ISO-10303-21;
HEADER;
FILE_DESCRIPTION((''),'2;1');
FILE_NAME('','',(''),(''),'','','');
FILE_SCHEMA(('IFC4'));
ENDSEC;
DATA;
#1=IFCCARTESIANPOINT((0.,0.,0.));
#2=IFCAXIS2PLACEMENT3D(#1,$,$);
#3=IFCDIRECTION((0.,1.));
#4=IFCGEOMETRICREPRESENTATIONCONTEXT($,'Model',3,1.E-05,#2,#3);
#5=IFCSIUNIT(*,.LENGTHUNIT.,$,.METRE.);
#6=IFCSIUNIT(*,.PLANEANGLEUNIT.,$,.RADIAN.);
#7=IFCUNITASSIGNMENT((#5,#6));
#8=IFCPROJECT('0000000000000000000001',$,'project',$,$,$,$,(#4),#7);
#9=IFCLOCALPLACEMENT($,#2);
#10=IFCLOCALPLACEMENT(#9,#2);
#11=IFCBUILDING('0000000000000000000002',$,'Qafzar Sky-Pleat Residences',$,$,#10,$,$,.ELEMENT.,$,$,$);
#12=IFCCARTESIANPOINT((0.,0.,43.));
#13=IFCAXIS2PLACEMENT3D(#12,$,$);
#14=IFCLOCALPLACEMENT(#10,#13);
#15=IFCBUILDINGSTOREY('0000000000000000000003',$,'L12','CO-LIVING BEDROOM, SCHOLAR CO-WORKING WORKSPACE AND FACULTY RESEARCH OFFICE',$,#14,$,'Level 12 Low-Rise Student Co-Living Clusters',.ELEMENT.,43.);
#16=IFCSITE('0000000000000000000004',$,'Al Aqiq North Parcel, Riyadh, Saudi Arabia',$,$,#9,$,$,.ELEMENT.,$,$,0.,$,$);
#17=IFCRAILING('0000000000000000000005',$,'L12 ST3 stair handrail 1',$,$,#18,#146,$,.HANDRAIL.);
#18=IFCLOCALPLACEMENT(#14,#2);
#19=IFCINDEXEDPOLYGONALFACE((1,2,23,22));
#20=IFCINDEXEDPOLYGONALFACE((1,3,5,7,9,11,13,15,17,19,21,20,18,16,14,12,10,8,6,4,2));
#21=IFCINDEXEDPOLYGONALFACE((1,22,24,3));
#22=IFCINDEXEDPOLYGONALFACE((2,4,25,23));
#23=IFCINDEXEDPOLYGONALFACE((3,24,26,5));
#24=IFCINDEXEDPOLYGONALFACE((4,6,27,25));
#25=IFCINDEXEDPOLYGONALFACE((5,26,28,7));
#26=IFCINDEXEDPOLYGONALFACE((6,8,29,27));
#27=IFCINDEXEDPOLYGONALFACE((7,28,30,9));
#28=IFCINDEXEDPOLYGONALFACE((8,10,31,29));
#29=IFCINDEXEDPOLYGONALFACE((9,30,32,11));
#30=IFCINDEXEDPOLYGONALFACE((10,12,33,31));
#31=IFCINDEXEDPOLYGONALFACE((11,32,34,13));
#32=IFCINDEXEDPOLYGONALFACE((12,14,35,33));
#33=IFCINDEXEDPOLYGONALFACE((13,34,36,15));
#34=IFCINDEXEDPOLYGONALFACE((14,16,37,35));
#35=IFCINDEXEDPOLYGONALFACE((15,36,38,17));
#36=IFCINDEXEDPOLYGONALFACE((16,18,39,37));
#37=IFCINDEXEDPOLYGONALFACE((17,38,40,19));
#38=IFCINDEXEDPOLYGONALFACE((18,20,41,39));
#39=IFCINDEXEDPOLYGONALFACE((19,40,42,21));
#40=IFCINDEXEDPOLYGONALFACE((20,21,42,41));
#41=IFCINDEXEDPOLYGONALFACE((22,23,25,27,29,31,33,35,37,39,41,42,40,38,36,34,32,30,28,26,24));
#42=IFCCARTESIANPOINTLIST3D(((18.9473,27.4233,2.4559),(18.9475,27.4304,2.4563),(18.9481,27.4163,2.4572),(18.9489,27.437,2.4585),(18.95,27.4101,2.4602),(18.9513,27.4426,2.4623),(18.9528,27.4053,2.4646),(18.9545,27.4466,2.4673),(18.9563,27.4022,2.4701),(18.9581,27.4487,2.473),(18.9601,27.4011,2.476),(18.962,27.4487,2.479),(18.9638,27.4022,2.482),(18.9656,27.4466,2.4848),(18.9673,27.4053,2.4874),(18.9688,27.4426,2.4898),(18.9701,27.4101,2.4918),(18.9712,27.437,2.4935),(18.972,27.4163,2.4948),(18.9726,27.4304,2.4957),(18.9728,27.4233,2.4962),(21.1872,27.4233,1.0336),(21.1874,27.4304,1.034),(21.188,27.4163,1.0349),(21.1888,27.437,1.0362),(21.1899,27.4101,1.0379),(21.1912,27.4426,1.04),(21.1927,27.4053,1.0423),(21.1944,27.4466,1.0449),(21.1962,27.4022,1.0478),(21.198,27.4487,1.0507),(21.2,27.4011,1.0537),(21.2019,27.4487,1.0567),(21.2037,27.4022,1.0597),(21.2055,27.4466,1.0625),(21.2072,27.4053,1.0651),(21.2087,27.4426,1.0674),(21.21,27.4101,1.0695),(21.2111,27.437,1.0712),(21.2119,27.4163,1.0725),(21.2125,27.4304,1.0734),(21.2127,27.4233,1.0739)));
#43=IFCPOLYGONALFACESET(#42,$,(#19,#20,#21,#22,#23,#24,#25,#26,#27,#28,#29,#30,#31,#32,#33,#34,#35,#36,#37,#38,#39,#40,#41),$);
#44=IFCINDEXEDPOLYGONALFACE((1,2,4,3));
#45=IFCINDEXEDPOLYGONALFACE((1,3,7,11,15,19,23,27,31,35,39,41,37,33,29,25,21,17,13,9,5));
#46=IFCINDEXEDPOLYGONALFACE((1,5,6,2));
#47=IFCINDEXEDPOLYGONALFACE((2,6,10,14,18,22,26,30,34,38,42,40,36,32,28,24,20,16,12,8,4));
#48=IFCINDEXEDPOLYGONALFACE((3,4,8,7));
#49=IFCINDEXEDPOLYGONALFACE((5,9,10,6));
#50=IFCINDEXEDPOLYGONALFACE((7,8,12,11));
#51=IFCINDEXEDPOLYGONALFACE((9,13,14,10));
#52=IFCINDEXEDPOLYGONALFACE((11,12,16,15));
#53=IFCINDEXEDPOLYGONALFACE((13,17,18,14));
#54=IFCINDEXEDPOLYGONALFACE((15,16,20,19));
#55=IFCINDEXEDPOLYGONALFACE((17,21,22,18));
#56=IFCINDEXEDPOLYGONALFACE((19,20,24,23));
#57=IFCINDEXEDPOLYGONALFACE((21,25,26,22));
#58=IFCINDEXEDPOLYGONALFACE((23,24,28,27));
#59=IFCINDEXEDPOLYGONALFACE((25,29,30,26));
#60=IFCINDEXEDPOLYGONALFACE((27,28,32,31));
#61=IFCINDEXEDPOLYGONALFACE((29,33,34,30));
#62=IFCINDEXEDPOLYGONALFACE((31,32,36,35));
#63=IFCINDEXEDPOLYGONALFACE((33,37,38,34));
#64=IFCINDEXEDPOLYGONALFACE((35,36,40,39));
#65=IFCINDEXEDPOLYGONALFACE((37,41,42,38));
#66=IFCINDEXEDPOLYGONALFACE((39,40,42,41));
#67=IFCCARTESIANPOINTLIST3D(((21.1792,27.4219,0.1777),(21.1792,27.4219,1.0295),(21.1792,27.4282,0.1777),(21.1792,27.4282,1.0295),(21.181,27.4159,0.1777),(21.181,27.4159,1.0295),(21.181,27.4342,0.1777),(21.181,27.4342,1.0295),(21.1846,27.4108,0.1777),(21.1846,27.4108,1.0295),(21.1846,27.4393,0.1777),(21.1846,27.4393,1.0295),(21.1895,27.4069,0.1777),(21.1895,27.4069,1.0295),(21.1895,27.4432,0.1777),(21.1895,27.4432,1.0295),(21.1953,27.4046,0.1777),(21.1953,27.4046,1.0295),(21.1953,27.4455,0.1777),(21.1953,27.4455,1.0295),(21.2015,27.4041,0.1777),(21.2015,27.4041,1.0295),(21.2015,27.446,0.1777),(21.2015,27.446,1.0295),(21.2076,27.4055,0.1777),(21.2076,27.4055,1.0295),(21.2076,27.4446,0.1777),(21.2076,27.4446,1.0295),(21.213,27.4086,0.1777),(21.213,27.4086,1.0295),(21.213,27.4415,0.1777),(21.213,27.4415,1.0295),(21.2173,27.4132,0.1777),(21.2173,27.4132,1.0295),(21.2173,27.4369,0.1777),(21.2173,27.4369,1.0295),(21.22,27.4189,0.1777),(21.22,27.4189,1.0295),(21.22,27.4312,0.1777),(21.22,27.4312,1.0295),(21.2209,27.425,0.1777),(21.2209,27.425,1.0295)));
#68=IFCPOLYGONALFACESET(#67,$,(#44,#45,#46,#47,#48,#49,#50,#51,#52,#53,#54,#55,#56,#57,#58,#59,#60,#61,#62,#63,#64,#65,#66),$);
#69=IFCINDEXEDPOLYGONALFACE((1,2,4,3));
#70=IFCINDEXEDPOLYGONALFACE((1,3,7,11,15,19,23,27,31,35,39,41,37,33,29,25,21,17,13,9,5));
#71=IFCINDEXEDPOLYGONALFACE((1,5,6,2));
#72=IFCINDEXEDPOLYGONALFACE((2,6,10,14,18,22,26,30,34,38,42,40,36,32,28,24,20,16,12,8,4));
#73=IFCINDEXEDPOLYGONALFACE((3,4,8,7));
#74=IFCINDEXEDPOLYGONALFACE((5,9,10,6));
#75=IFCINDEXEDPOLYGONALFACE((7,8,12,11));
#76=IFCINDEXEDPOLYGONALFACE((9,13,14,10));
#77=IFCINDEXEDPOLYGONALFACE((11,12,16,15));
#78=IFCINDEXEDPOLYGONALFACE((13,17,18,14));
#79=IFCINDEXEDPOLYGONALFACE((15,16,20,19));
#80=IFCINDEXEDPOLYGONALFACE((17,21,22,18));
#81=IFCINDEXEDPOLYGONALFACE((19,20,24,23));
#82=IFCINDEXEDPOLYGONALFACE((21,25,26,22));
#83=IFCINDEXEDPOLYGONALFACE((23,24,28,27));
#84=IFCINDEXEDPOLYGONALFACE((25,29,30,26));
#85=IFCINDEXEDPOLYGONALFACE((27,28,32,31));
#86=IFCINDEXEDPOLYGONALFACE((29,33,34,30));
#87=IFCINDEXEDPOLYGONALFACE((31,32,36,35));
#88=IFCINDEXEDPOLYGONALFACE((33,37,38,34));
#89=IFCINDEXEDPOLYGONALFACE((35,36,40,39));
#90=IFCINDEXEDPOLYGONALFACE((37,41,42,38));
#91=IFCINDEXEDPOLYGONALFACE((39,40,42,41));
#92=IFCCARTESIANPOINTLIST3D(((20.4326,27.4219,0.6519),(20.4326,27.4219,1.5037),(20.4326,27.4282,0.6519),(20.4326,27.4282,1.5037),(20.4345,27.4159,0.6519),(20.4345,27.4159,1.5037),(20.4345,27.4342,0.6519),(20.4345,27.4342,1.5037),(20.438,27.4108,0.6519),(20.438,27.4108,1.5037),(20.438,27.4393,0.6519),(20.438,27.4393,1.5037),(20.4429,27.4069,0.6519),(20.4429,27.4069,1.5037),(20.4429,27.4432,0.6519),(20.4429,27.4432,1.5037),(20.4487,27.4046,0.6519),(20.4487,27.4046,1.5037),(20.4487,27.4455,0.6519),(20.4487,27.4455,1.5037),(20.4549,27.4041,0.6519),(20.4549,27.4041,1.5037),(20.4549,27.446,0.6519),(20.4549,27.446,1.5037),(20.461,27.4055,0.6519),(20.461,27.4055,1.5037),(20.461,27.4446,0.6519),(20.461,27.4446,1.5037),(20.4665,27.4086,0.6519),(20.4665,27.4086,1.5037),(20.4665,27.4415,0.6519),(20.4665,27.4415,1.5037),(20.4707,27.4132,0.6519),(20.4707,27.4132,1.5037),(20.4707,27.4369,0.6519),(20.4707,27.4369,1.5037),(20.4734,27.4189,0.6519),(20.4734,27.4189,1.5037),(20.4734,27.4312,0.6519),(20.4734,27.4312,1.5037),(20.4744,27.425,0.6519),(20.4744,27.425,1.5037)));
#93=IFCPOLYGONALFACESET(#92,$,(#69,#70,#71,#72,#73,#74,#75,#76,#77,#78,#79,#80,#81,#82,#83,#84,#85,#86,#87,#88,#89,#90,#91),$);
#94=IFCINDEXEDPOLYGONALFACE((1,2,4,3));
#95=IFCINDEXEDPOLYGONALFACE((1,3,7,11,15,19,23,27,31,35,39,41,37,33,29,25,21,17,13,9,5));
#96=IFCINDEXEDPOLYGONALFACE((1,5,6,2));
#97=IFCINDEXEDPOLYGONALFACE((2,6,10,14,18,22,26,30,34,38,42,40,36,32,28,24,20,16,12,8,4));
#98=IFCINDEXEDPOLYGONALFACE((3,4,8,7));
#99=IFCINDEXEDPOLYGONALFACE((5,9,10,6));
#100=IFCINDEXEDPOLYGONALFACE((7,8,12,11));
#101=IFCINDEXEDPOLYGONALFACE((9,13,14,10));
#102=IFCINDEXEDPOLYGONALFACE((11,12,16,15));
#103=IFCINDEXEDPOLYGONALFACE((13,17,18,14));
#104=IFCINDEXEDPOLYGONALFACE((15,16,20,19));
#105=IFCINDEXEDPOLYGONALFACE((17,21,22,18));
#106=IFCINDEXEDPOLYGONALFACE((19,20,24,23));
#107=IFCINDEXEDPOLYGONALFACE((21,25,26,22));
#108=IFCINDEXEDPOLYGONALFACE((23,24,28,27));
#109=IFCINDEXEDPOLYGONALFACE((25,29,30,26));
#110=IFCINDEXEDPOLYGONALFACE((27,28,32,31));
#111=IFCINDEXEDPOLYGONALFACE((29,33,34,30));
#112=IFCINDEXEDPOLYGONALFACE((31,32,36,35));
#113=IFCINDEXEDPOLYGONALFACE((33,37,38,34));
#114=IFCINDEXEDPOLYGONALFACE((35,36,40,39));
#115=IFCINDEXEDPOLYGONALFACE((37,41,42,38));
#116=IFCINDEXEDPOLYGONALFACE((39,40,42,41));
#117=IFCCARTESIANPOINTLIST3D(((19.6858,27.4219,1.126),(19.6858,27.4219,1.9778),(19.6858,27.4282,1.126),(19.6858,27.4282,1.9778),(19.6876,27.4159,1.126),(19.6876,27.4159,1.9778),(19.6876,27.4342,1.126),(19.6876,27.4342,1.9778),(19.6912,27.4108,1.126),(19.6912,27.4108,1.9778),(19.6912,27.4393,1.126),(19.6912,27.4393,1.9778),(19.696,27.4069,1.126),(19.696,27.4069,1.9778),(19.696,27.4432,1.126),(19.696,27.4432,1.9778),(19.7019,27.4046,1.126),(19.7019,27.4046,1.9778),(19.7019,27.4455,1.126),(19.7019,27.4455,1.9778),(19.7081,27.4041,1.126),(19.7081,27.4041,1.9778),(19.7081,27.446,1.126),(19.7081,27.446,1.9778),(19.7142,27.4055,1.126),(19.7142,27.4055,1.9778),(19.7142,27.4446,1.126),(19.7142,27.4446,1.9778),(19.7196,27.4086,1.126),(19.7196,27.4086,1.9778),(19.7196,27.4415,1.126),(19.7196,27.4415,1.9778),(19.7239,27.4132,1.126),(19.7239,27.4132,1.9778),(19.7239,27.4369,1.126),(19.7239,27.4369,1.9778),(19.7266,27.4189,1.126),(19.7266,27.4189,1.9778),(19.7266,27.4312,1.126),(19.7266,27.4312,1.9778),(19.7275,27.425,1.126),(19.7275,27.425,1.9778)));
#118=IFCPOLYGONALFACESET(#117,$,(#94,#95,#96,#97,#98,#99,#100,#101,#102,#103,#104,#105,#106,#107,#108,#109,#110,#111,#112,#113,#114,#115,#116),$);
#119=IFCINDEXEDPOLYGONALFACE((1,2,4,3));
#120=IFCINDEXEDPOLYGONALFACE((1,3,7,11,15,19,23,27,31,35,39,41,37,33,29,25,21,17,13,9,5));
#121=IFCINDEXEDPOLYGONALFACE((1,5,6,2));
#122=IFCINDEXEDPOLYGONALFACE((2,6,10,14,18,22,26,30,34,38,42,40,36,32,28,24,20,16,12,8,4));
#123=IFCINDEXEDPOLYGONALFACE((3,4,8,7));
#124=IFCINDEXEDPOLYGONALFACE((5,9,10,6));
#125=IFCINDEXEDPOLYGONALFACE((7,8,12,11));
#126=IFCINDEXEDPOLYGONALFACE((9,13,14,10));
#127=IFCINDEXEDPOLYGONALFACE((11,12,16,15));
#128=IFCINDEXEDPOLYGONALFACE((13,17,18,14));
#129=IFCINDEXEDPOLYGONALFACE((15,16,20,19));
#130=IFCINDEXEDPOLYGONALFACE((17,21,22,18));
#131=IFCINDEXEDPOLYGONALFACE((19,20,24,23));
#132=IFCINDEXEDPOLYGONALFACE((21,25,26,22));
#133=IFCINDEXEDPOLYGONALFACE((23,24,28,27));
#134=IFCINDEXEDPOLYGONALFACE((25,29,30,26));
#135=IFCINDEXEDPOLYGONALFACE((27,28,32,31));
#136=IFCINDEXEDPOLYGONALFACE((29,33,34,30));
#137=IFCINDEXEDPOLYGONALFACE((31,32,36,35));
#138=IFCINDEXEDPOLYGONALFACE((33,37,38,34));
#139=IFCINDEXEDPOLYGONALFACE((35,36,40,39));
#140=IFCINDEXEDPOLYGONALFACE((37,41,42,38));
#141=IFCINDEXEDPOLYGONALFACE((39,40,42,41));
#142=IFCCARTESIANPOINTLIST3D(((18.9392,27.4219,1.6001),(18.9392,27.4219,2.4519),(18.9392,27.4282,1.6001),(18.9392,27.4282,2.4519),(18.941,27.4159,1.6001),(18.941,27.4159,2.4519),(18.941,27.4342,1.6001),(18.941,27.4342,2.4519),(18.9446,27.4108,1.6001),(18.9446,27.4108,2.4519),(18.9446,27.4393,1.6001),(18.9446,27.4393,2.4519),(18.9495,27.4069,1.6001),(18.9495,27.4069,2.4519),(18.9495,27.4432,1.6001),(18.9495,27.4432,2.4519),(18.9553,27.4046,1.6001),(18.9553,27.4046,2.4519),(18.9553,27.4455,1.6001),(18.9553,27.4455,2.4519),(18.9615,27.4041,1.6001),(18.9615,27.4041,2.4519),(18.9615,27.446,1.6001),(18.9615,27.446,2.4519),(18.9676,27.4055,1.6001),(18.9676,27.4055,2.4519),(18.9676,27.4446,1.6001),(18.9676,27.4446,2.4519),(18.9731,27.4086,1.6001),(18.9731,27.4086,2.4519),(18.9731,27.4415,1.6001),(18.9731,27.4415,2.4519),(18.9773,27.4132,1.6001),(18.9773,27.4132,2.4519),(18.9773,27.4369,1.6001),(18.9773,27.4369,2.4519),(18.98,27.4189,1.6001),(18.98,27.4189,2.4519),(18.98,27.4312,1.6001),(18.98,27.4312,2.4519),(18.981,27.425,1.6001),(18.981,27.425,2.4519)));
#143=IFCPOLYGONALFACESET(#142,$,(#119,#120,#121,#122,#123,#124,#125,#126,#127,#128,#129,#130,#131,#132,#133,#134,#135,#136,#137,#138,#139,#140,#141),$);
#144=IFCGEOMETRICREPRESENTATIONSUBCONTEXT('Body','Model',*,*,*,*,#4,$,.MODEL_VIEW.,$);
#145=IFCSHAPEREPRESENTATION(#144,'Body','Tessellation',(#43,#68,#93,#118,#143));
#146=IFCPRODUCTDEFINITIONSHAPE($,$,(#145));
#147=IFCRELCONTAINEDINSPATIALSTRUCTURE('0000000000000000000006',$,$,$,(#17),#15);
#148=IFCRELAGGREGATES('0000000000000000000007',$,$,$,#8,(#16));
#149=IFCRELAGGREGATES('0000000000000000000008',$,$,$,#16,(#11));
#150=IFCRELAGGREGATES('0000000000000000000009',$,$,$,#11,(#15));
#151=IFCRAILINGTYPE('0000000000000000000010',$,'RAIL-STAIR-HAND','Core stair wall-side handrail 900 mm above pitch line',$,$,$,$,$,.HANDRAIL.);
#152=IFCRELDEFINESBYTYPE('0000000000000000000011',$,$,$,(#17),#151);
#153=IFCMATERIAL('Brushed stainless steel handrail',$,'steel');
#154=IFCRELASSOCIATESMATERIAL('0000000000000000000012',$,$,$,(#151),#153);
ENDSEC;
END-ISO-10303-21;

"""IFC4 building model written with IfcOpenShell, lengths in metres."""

from ifc_helpers import new_model, si_unit, direction, frame, origin, origin_2d, place, context, subcontext, project, spatial, circle, extrude, source, transform, mapped, material, type_object, element, save


model = new_model("IFC4")

# Units and contexts
model_context = context("Model", 3, precision=1e-05, world=origin(), true_north=direction((0.0, 1.0)))
body_context = subcontext(model_context, "Body", "Model", "MODEL_VIEW")
ifc_project = project(units=[si_unit("LENGTHUNIT", "METRE"), si_unit("PLANEANGLEUNIT", "RADIAN")], contexts=[model_context])

# Site, building, storey
site_placement = place(None, origin())
site = spatial("IfcSite", under=ifc_project, at=site_placement, Name="Al Aqiq North Parcel, Riyadh, Saudi Arabia", CompositionType="ELEMENT", RefElevation=0.0)
building_placement = place(site_placement, origin())
building = spatial("IfcBuilding", under=site, at=building_placement, Name="Qafzar Sky-Pleat Residences", CompositionType="ELEMENT")
storey_placement = place(building_placement, frame((0.0, 0.0, 43.0)))
storey = spatial("IfcBuildingStorey", under=building, at=storey_placement, Name="L12", Description="CO-LIVING BEDROOM, SCHOLAR CO-WORKING WORKSPACE AND FACULTY RESEARCH OFFICE", LongName="Level 12 Low-Rise Student Co-Living Clusters", CompositionType="ELEMENT", Elevation=43.0)

# Railing
ifc_material_1 = material(Name="Brushed stainless steel handrail", Category="steel")
railing_type_1 = type_object("IfcRailingType", Name="RAIL-STAIR-HAND", Description="Core stair wall-side handrail 900 mm above pitch line", PredefinedType="HANDRAIL", material=ifc_material_1)
shared_shape_1 = source(origin(), body_context, "Body", "SweptSolid", [
    extrude(circle(Radius=0.0239, at=origin_2d()), frame((0.0, 0.0, 0.876), z_axis=(-0.844188, 0.0, 0.536048), x_axis=(0.0, -1.0, 0.0)), (0.0, 0.0, 1.0), 2.6533),
    extrude(circle(Radius=0.021, at=origin_2d()), origin(), (0.0, 0.0, 1.0), 0.8518),
    extrude(circle(Radius=0.021, at=origin_2d()), frame((-0.7466, 0.0, 0.4741)), (0.0, 0.0, 1.0), 0.8518),
    extrude(circle(Radius=0.021, at=origin_2d()), frame((-1.4934, 0.0, 0.9482)), (0.0, 0.0, 1.0), 0.8518),
    extrude(circle(Radius=0.021, at=origin_2d()), frame((-2.24, 0.0, 1.4224)), (0.0, 0.0, 1.0), 0.8518),
])
railing_1_placement = place(storey_placement, frame((21.2, 27.425, 0.1777)))
element("IfcRailing", 1, at=railing_1_placement, inside=storey, type_object=railing_type_1, Name="L12 ST3 stair handrail 1", PredefinedType="HANDRAIL", context=body_context, shape_type="MappedRepresentation", body=[
    mapped(shared_shape_1, transform((0.0, 0.0, 0.0), x_axis=(1.0, 0.0, 0.0), y_axis=(0.0, 1.0, 0.0), z_axis=(0.0, 0.0, 1.0), scale=1.0)),
])

save(model, "model.ifc")
